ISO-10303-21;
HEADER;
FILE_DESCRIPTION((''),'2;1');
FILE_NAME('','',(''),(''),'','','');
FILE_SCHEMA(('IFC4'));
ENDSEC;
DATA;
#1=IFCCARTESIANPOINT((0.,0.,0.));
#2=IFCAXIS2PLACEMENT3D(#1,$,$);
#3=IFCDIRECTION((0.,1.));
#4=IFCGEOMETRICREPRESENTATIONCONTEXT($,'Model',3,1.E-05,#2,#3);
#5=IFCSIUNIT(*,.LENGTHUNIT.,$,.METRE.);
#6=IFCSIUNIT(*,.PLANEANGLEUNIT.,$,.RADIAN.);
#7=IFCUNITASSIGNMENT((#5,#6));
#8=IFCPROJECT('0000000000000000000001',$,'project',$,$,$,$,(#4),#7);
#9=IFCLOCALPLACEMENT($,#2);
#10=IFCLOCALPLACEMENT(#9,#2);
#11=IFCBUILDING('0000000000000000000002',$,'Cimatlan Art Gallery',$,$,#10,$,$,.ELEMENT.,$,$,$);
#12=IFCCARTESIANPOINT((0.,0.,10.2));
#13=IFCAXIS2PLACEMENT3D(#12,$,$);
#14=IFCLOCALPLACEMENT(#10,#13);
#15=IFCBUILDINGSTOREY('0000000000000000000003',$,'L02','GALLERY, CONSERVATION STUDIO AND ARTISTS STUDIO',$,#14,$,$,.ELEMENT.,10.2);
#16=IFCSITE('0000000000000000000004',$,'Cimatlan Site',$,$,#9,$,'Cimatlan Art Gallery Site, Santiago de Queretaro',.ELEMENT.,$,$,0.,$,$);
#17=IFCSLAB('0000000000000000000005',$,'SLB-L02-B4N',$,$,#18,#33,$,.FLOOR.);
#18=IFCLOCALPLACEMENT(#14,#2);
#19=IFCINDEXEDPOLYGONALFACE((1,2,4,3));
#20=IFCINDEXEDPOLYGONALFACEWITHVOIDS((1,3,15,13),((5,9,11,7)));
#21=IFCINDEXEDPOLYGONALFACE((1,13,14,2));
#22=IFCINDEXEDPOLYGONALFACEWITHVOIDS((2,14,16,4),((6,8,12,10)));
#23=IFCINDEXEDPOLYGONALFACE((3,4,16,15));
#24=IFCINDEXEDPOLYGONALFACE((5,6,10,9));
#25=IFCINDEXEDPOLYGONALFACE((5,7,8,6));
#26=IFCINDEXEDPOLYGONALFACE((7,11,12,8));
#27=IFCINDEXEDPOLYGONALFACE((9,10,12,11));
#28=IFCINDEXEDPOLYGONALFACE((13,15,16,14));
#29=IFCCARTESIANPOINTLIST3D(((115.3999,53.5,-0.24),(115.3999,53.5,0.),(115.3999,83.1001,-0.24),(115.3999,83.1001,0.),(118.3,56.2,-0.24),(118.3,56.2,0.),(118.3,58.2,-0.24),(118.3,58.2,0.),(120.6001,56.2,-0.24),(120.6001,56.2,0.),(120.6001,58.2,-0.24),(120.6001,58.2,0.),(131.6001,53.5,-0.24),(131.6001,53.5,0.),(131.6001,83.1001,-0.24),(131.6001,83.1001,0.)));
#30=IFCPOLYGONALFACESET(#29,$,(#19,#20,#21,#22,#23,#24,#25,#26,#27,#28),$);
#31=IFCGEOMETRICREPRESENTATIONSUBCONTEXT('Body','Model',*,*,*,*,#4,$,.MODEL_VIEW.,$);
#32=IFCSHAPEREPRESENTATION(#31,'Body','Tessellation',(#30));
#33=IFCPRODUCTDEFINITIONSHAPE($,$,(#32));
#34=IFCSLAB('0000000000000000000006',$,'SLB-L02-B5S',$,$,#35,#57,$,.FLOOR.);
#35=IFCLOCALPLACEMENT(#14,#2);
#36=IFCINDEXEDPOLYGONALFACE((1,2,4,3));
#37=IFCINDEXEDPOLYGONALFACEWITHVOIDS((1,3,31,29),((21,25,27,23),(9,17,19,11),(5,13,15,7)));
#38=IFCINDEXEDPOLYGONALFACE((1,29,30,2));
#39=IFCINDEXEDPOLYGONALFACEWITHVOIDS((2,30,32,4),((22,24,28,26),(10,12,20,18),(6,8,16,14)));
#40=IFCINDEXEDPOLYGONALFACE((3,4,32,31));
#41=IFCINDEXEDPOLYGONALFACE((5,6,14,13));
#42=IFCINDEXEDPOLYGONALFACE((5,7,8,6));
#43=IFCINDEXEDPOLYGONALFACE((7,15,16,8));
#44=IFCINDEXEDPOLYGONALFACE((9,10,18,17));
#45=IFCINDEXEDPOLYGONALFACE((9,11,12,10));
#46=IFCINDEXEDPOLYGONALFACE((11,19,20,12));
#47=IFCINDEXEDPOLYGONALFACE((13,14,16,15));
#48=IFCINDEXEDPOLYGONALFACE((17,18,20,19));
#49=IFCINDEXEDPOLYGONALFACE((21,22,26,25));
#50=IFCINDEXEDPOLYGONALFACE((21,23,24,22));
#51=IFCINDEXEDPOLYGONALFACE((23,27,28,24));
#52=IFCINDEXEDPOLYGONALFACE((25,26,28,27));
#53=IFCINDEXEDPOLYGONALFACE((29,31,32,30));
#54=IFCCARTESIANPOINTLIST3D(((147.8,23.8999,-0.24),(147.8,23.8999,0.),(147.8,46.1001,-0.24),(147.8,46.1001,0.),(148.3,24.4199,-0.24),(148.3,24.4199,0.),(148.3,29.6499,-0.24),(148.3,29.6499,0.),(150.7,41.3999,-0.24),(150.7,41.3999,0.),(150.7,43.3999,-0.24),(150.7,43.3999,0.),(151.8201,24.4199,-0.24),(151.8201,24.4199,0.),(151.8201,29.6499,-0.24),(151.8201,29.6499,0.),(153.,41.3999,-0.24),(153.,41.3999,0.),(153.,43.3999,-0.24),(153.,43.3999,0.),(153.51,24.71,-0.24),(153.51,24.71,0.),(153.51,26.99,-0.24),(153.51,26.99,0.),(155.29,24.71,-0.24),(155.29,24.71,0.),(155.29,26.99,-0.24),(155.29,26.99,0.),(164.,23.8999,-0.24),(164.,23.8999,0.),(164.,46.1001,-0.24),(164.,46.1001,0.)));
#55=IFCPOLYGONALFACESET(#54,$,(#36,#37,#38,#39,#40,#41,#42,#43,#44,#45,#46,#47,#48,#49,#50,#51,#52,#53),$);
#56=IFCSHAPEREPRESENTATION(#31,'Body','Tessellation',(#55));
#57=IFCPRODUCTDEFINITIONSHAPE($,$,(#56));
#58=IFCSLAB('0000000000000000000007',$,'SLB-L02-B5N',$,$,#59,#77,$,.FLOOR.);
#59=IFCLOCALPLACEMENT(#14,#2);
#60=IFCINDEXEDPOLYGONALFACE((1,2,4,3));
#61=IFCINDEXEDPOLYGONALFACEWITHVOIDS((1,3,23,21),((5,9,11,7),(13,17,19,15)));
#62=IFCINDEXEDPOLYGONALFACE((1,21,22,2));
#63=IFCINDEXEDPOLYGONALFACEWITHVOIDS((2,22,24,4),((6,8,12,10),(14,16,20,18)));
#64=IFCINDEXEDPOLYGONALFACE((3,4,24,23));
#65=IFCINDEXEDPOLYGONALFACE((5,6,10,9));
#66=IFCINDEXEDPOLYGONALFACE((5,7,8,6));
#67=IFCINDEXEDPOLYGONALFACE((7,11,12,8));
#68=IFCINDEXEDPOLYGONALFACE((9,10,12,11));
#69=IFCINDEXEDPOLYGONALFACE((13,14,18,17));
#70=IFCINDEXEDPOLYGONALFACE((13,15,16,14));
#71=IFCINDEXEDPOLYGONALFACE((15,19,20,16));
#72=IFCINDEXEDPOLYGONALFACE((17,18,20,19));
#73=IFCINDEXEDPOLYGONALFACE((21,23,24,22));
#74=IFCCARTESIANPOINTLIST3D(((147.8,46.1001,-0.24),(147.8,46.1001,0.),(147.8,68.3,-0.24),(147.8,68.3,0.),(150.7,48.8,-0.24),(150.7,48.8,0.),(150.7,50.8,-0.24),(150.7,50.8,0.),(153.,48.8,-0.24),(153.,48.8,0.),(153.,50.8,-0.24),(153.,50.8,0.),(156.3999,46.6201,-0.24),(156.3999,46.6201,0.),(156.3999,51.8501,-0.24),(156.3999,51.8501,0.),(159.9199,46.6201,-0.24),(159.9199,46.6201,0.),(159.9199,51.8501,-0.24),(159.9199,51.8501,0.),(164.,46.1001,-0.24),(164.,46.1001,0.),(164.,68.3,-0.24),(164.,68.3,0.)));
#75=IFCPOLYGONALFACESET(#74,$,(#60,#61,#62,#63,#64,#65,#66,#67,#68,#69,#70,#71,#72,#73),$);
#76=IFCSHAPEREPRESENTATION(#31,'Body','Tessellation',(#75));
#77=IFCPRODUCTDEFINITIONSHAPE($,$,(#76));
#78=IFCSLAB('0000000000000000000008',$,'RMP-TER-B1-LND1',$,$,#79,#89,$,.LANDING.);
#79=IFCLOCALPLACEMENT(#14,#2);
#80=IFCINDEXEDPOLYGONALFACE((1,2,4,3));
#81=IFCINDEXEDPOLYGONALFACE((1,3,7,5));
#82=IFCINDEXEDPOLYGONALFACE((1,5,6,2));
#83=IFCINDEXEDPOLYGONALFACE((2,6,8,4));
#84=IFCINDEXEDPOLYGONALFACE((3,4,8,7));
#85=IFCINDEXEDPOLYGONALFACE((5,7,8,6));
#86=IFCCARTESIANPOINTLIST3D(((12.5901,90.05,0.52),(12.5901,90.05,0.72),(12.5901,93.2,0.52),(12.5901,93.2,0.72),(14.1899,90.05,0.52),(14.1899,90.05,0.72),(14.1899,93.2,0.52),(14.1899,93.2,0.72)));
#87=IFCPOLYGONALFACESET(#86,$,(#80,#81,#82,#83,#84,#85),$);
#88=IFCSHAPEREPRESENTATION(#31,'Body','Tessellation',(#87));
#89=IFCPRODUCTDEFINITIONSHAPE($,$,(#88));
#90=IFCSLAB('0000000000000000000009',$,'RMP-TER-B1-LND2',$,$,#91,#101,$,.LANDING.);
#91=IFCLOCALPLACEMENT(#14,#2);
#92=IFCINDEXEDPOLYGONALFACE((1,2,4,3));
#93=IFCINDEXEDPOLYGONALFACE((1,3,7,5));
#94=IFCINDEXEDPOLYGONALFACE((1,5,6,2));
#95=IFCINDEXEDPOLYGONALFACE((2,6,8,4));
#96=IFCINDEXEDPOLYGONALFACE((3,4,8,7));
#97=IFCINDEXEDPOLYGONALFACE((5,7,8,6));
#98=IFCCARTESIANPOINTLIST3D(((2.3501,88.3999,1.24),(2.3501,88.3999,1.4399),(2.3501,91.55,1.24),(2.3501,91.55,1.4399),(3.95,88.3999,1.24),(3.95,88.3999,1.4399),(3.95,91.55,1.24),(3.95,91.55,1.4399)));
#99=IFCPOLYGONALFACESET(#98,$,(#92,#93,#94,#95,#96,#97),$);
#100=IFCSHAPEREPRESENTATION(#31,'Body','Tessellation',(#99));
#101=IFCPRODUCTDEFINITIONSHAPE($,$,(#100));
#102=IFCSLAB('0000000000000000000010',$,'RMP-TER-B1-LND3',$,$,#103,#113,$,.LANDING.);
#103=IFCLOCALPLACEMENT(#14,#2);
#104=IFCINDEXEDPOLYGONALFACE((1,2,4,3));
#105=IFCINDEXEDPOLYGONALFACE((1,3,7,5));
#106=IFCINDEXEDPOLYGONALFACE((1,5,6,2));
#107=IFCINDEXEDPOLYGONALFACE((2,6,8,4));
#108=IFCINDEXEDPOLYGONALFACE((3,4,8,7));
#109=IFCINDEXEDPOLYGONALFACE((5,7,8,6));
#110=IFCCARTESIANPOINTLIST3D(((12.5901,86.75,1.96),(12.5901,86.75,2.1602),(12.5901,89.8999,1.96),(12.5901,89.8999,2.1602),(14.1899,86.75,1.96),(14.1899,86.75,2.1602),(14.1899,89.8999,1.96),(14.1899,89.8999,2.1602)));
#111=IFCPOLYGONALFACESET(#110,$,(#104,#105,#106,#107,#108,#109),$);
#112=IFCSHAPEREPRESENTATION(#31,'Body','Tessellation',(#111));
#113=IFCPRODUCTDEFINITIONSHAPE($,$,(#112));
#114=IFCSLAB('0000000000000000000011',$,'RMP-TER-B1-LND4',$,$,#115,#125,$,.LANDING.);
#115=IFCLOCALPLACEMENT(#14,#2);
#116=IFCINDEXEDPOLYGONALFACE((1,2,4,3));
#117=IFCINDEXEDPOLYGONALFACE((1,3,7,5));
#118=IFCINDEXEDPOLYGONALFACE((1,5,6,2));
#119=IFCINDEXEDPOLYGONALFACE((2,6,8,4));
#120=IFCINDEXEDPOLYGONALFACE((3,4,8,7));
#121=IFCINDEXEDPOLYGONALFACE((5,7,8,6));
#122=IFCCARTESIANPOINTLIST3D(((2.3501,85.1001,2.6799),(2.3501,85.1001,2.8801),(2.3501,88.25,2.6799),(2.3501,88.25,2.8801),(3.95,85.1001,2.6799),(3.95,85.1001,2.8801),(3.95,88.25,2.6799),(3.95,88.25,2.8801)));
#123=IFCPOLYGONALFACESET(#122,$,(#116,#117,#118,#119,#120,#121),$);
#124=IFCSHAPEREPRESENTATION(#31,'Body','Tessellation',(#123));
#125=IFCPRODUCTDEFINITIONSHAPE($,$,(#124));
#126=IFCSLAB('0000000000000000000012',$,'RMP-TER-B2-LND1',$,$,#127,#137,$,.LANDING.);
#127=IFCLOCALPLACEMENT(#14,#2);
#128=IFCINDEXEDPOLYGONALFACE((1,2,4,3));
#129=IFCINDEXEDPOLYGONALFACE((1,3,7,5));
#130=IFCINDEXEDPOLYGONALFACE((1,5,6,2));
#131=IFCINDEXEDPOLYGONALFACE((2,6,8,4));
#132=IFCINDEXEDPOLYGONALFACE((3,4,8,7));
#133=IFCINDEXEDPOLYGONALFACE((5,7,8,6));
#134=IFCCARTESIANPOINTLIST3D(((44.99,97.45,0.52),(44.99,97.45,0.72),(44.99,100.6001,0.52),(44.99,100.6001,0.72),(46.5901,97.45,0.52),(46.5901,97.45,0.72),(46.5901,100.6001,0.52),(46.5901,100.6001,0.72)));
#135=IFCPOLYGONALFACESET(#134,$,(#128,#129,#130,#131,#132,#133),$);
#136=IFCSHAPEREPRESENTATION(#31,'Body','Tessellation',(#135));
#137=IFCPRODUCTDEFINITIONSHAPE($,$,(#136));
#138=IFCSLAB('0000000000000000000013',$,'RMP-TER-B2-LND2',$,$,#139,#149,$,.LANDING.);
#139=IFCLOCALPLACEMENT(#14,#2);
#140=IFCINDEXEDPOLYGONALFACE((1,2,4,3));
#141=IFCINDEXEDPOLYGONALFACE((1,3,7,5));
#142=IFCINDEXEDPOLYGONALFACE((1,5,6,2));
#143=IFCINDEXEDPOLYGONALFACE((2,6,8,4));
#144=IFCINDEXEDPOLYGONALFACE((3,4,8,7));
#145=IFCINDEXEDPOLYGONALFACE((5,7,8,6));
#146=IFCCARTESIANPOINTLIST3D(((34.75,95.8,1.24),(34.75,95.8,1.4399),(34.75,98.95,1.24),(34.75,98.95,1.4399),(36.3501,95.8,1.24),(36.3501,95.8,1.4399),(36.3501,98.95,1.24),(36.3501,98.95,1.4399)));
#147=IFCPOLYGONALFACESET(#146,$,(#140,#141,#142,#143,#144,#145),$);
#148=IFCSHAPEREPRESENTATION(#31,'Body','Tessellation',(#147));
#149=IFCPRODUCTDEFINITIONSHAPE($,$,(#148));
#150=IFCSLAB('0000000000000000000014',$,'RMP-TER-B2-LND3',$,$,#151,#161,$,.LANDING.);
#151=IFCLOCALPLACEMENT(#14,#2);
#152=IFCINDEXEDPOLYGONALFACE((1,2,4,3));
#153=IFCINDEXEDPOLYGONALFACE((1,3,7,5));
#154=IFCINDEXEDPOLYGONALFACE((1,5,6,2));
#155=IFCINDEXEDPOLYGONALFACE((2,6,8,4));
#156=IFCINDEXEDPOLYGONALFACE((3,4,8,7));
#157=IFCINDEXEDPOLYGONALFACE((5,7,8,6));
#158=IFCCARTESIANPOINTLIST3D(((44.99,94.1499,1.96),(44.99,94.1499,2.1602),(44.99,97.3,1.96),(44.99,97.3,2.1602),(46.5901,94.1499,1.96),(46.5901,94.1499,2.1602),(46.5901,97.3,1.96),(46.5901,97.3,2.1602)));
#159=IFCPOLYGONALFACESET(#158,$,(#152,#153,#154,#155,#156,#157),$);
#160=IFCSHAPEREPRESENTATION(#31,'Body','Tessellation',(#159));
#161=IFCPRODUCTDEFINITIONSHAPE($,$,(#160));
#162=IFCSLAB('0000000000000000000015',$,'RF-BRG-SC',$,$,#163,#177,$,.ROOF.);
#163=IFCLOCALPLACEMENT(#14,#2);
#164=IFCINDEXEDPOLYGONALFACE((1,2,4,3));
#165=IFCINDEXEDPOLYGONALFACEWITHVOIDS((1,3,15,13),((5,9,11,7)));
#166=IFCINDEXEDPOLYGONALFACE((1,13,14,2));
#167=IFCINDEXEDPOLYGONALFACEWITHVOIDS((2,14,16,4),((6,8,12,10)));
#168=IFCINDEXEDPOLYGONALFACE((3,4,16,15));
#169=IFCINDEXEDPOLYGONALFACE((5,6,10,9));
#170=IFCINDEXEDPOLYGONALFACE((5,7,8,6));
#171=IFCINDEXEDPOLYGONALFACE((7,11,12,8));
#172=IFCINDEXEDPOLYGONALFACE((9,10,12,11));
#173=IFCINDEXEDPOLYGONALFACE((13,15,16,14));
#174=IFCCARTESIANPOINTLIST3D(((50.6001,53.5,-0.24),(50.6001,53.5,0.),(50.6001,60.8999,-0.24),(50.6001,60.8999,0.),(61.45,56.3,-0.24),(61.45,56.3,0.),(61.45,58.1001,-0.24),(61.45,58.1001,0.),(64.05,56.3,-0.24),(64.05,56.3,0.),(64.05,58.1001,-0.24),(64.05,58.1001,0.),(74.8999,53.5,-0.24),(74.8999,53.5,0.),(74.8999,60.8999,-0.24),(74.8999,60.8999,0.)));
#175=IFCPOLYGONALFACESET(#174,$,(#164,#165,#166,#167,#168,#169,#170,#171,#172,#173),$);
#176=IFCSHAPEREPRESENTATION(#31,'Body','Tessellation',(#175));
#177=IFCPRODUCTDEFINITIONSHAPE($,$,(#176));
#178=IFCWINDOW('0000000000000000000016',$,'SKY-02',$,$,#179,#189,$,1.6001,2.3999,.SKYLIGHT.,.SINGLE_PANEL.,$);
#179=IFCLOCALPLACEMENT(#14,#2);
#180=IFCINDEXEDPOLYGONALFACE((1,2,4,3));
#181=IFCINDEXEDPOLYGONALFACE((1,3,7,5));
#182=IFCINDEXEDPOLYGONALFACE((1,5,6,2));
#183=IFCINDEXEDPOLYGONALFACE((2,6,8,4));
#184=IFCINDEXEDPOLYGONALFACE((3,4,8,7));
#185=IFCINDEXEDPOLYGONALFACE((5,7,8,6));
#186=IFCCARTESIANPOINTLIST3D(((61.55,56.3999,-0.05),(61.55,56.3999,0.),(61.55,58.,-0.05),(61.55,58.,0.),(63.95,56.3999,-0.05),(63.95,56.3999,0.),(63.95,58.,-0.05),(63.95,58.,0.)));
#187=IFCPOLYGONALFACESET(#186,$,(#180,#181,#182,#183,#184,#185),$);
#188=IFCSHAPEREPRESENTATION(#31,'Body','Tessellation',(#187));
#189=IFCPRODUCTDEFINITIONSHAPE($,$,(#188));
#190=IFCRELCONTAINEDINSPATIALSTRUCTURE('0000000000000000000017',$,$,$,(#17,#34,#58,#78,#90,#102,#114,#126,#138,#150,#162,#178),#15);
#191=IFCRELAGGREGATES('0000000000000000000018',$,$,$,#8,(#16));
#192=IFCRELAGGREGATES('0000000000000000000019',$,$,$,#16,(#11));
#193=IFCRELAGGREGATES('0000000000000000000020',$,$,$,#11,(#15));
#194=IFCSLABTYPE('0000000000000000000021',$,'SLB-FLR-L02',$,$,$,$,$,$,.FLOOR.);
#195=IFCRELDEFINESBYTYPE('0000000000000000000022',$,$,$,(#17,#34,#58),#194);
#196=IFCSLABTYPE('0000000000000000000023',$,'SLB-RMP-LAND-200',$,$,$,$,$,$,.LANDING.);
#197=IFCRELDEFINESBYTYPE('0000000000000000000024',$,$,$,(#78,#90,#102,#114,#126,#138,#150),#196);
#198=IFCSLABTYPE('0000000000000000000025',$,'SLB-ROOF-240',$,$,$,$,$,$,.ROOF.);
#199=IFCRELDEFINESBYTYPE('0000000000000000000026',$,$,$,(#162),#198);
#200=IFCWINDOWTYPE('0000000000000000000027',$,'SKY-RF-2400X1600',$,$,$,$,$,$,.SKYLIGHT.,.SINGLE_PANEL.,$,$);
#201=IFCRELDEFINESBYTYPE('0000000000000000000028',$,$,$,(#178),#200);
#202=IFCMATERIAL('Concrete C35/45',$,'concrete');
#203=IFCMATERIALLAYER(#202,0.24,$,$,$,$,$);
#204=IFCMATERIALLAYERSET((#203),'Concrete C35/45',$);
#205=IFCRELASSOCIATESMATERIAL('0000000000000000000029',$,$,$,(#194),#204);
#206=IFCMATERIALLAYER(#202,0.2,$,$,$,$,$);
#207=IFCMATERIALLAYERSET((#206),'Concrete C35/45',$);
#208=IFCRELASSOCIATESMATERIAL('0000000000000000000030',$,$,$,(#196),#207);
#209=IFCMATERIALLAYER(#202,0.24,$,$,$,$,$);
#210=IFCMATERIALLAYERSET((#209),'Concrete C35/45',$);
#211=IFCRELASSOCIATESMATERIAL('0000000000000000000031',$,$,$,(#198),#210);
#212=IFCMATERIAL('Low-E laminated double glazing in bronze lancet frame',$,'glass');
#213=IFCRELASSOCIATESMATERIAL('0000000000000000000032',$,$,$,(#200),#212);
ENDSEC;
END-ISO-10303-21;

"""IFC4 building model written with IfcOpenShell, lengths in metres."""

from ifc_helpers import new_model, si_unit, direction, frame, origin, origin_2d, place, context, subcontext, project, spatial, polyline, rectangle, outline, extrude, material, layer, layer_set, type_object, element, fill, save


model = new_model("IFC4")

# Units and contexts
model_context = context("Model", 3, precision=1e-05, world=origin(), true_north=direction((0.0, 1.0)))
body_context = subcontext(model_context, "Body", "Model", "MODEL_VIEW")
ifc_project = project(units=[si_unit("LENGTHUNIT", "METRE"), si_unit("PLANEANGLEUNIT", "RADIAN")], contexts=[model_context])

# Site, building, storey
site_placement = place(None, origin())
site = spatial("IfcSite", under=ifc_project, at=site_placement, Name="Cimatlan Site", LongName="Cimatlan Art Gallery Site, Santiago de Queretaro", CompositionType="ELEMENT", RefElevation=0.0)
building_placement = place(site_placement, origin())
building = spatial("IfcBuilding", under=site, at=building_placement, Name="Cimatlan Art Gallery", CompositionType="ELEMENT")
storey_placement = place(building_placement, frame((0.0, 0.0, 10.2)))
storey = spatial("IfcBuildingStorey", under=building, at=storey_placement, Name="L02", Description="GALLERY, CONSERVATION STUDIO AND ARTISTS STUDIO", CompositionType="ELEMENT", Elevation=10.2)

# Slabs
ifc_material_1 = material(Name="Concrete C35/45", Category="concrete")
ifc_layer_1 = layer(ifc_material_1, 0.24)
ifc_layer_set_1 = layer_set([ifc_layer_1], Name="Concrete C35/45")
slab_type_1 = type_object("IfcSlabType", Name="SLB-FLR-L02", PredefinedType="FLOOR", material=ifc_layer_set_1)
slab_1_placement = place(storey_placement, frame((0.0, 0.0, -0.24)))
element("IfcSlab", 1, at=slab_1_placement, inside=storey, type_object=slab_type_1, Name="SLB-L02-B4N", PredefinedType="FLOOR", context=body_context, shape_type="SweptSolid", body=[
    extrude(outline(polyline([(115.3999, 53.5), (131.6001, 53.5), (131.6001, 83.1001), (115.3999, 83.1001), (115.3999, 53.5)]), holes=[polyline([(118.3, 56.2), (120.6001, 56.2), (120.6001, 58.2), (118.3, 58.2), (118.3, 56.2)])]), origin(), (0.0, 0.0, 1.0), 0.24),
])
slab_2_placement = place(storey_placement, frame((0.0, 0.0, -0.24)))
element("IfcSlab", 2, at=slab_2_placement, inside=storey, type_object=slab_type_1, Name="SLB-L02-B5S", PredefinedType="FLOOR", context=body_context, shape_type="SweptSolid", body=[
    extrude(outline(polyline([(147.8, 23.8999), (164.0, 23.8999), (164.0, 46.1001), (147.8, 46.1001), (147.8, 23.8999)]), holes=[polyline([(148.3, 24.4199), (151.8201, 24.4199), (151.8201, 29.6499), (148.3, 29.6499), (148.3, 24.4199)]), polyline([(153.51, 24.71), (155.29, 24.71), (155.29, 26.99), (153.51, 26.99), (153.51, 24.71)]), polyline([(150.7, 41.3999), (153.0, 41.3999), (153.0, 43.3999), (150.7, 43.3999), (150.7, 41.3999)])]), origin(), (0.0, 0.0, 1.0), 0.24),
])
slab_3_placement = place(storey_placement, frame((0.0, 0.0, -0.24)))
element("IfcSlab", 3, at=slab_3_placement, inside=storey, type_object=slab_type_1, Name="SLB-L02-B5N", PredefinedType="FLOOR", context=body_context, shape_type="SweptSolid", body=[
    extrude(outline(polyline([(147.8, 46.1001), (164.0, 46.1001), (164.0, 68.3), (147.8, 68.3), (147.8, 46.1001)]), holes=[polyline([(156.3999, 46.6201), (159.9199, 46.6201), (159.9199, 51.8501), (156.3999, 51.8501), (156.3999, 46.6201)]), polyline([(150.7, 48.8), (153.0, 48.8), (153.0, 50.8), (150.7, 50.8), (150.7, 48.8)])]), origin(), (0.0, 0.0, 1.0), 0.24),
])
ifc_layer_2 = layer(ifc_material_1, 0.2)
ifc_layer_set_2 = layer_set([ifc_layer_2], Name="Concrete C35/45")
slab_type_2 = type_object("IfcSlabType", Name="SLB-RMP-LAND-200", PredefinedType="LANDING", material=ifc_layer_set_2)
slab_4_placement = place(storey_placement, frame((0.0, 0.0, 0.52)))
element("IfcSlab", 4, at=slab_4_placement, inside=storey, type_object=slab_type_2, Name="RMP-TER-B1-LND1", PredefinedType="LANDING", context=body_context, shape_type="SweptSolid", body=[
    extrude(outline(polyline([(12.5901, 90.05), (14.1899, 90.05), (14.1899, 93.2), (12.5901, 93.2), (12.5901, 90.05)])), origin(), (0.0, 0.0, 1.0), 0.2),
])
slab_5_placement = place(storey_placement, frame((0.0, 0.0, 1.24)))
element("IfcSlab", 5, at=slab_5_placement, inside=storey, type_object=slab_type_2, Name="RMP-TER-B1-LND2", PredefinedType="LANDING", context=body_context, shape_type="SweptSolid", body=[
    extrude(outline(polyline([(2.3501, 88.3999), (3.95, 88.3999), (3.95, 91.55), (2.3501, 91.55), (2.3501, 88.3999)])), origin(), (0.0, 0.0, 1.0), 0.2),
])
slab_6_placement = place(storey_placement, frame((0.0, 0.0, 1.96)))
element("IfcSlab", 6, at=slab_6_placement, inside=storey, type_object=slab_type_2, Name="RMP-TER-B1-LND3", PredefinedType="LANDING", context=body_context, shape_type="SweptSolid", body=[
    extrude(outline(polyline([(12.5901, 86.75), (14.1899, 86.75), (14.1899, 89.8999), (12.5901, 89.8999), (12.5901, 86.75)])), origin(), (0.0, 0.0, 1.0), 0.2002),
])
slab_7_placement = place(storey_placement, frame((0.0, 0.0, 2.6799)))
element("IfcSlab", 7, at=slab_7_placement, inside=storey, type_object=slab_type_2, Name="RMP-TER-B1-LND4", PredefinedType="LANDING", context=body_context, shape_type="SweptSolid", body=[
    extrude(outline(polyline([(2.3501, 85.1001), (3.95, 85.1001), (3.95, 88.25), (2.3501, 88.25), (2.3501, 85.1001)])), origin(), (0.0, 0.0, 1.0), 0.2002),
])
slab_8_placement = place(storey_placement, frame((0.0, 0.0, 0.52)))
element("IfcSlab", 8, at=slab_8_placement, inside=storey, type_object=slab_type_2, Name="RMP-TER-B2-LND1", PredefinedType="LANDING", context=body_context, shape_type="SweptSolid", body=[
    extrude(outline(polyline([(44.99, 97.45), (46.5901, 97.45), (46.5901, 100.6001), (44.99, 100.6001), (44.99, 97.45)])), origin(), (0.0, 0.0, 1.0), 0.2),
])
slab_9_placement = place(storey_placement, frame((0.0, 0.0, 1.24)))
element("IfcSlab", 9, at=slab_9_placement, inside=storey, type_object=slab_type_2, Name="RMP-TER-B2-LND2", PredefinedType="LANDING", context=body_context, shape_type="SweptSolid", body=[
    extrude(outline(polyline([(34.75, 95.8), (36.3501, 95.8), (36.3501, 98.95), (34.75, 98.95), (34.75, 95.8)])), origin(), (0.0, 0.0, 1.0), 0.2),
])
slab_10_placement = place(storey_placement, frame((0.0, 0.0, 1.96)))
element("IfcSlab", 10, at=slab_10_placement, inside=storey, type_object=slab_type_2, Name="RMP-TER-B2-LND3", PredefinedType="LANDING", context=body_context, shape_type="SweptSolid", body=[
    extrude(outline(polyline([(44.99, 94.1499), (46.5901, 94.1499), (46.5901, 97.3), (44.99, 97.3), (44.99, 94.1499)])), origin(), (0.0, 0.0, 1.0), 0.2002),
])

# Slab, opening, window
ifc_layer_3 = layer(ifc_material_1, 0.24)
ifc_layer_set_3 = layer_set([ifc_layer_3], Name="Concrete C35/45")
slab_type_3 = type_object("IfcSlabType", Name="SLB-ROOF-240", PredefinedType="ROOF", material=ifc_layer_set_3)
slab_11_placement = place(storey_placement, frame((0.0, 0.0, -0.24)))
slab_11 = element("IfcSlab", 11, at=slab_11_placement, inside=storey, type_object=slab_type_3, Name="RF-BRG-SC", PredefinedType="ROOF", context=body_context, shape_type="SweptSolid", body=[
    extrude(outline(polyline([(50.6001, 53.5), (74.8999, 53.5), (74.8999, 60.8999), (50.6001, 60.8999), (50.6001, 53.5)]), holes=[polyline([(61.45, 56.3), (64.05, 56.3), (64.05, 58.1001), (61.45, 58.1001), (61.45, 56.3)])]), origin(), (0.0, 0.0, 1.0), 0.24),
])
opening_1_placement = place(slab_11_placement, frame((62.75, 57.2, -0.01)))
opening_1 = element("IfcOpeningElement", 12, at=opening_1_placement, cuts=slab_11, PredefinedType="OPENING", context=body_context, shape_type="SweptSolid", body=[
    extrude(rectangle(XDim=2.3999, YDim=1.6001, at=origin_2d()), origin(), (0.0, 0.0, 1.0), 0.26),
])
ifc_material_2 = material(Name="Low-E laminated double glazing in bronze lancet frame", Category="glass")
window_type_1 = type_object("IfcWindowType", Name="SKY-RF-2400X1600", PartitioningType="SINGLE_PANEL", PredefinedType="SKYLIGHT", material=ifc_material_2)
window_1_placement = place(slab_11_placement, frame((62.75, 57.2, 0.1899)))
window_1 = element("IfcWindow", 13, at=window_1_placement, inside=storey, type_object=window_type_1, Name="SKY-02", OverallHeight=1.6001, OverallWidth=2.3999, PartitioningType="SINGLE_PANEL", PredefinedType="SKYLIGHT", context=body_context, shape_type="SweptSolid", body=[
    extrude(rectangle(XDim=2.3999, YDim=1.6001, at=origin_2d()), origin(), (0.0, 0.0, 1.0), 0.05),
])
fill(opening_1, window_1)

save(model, "model.ifc")
